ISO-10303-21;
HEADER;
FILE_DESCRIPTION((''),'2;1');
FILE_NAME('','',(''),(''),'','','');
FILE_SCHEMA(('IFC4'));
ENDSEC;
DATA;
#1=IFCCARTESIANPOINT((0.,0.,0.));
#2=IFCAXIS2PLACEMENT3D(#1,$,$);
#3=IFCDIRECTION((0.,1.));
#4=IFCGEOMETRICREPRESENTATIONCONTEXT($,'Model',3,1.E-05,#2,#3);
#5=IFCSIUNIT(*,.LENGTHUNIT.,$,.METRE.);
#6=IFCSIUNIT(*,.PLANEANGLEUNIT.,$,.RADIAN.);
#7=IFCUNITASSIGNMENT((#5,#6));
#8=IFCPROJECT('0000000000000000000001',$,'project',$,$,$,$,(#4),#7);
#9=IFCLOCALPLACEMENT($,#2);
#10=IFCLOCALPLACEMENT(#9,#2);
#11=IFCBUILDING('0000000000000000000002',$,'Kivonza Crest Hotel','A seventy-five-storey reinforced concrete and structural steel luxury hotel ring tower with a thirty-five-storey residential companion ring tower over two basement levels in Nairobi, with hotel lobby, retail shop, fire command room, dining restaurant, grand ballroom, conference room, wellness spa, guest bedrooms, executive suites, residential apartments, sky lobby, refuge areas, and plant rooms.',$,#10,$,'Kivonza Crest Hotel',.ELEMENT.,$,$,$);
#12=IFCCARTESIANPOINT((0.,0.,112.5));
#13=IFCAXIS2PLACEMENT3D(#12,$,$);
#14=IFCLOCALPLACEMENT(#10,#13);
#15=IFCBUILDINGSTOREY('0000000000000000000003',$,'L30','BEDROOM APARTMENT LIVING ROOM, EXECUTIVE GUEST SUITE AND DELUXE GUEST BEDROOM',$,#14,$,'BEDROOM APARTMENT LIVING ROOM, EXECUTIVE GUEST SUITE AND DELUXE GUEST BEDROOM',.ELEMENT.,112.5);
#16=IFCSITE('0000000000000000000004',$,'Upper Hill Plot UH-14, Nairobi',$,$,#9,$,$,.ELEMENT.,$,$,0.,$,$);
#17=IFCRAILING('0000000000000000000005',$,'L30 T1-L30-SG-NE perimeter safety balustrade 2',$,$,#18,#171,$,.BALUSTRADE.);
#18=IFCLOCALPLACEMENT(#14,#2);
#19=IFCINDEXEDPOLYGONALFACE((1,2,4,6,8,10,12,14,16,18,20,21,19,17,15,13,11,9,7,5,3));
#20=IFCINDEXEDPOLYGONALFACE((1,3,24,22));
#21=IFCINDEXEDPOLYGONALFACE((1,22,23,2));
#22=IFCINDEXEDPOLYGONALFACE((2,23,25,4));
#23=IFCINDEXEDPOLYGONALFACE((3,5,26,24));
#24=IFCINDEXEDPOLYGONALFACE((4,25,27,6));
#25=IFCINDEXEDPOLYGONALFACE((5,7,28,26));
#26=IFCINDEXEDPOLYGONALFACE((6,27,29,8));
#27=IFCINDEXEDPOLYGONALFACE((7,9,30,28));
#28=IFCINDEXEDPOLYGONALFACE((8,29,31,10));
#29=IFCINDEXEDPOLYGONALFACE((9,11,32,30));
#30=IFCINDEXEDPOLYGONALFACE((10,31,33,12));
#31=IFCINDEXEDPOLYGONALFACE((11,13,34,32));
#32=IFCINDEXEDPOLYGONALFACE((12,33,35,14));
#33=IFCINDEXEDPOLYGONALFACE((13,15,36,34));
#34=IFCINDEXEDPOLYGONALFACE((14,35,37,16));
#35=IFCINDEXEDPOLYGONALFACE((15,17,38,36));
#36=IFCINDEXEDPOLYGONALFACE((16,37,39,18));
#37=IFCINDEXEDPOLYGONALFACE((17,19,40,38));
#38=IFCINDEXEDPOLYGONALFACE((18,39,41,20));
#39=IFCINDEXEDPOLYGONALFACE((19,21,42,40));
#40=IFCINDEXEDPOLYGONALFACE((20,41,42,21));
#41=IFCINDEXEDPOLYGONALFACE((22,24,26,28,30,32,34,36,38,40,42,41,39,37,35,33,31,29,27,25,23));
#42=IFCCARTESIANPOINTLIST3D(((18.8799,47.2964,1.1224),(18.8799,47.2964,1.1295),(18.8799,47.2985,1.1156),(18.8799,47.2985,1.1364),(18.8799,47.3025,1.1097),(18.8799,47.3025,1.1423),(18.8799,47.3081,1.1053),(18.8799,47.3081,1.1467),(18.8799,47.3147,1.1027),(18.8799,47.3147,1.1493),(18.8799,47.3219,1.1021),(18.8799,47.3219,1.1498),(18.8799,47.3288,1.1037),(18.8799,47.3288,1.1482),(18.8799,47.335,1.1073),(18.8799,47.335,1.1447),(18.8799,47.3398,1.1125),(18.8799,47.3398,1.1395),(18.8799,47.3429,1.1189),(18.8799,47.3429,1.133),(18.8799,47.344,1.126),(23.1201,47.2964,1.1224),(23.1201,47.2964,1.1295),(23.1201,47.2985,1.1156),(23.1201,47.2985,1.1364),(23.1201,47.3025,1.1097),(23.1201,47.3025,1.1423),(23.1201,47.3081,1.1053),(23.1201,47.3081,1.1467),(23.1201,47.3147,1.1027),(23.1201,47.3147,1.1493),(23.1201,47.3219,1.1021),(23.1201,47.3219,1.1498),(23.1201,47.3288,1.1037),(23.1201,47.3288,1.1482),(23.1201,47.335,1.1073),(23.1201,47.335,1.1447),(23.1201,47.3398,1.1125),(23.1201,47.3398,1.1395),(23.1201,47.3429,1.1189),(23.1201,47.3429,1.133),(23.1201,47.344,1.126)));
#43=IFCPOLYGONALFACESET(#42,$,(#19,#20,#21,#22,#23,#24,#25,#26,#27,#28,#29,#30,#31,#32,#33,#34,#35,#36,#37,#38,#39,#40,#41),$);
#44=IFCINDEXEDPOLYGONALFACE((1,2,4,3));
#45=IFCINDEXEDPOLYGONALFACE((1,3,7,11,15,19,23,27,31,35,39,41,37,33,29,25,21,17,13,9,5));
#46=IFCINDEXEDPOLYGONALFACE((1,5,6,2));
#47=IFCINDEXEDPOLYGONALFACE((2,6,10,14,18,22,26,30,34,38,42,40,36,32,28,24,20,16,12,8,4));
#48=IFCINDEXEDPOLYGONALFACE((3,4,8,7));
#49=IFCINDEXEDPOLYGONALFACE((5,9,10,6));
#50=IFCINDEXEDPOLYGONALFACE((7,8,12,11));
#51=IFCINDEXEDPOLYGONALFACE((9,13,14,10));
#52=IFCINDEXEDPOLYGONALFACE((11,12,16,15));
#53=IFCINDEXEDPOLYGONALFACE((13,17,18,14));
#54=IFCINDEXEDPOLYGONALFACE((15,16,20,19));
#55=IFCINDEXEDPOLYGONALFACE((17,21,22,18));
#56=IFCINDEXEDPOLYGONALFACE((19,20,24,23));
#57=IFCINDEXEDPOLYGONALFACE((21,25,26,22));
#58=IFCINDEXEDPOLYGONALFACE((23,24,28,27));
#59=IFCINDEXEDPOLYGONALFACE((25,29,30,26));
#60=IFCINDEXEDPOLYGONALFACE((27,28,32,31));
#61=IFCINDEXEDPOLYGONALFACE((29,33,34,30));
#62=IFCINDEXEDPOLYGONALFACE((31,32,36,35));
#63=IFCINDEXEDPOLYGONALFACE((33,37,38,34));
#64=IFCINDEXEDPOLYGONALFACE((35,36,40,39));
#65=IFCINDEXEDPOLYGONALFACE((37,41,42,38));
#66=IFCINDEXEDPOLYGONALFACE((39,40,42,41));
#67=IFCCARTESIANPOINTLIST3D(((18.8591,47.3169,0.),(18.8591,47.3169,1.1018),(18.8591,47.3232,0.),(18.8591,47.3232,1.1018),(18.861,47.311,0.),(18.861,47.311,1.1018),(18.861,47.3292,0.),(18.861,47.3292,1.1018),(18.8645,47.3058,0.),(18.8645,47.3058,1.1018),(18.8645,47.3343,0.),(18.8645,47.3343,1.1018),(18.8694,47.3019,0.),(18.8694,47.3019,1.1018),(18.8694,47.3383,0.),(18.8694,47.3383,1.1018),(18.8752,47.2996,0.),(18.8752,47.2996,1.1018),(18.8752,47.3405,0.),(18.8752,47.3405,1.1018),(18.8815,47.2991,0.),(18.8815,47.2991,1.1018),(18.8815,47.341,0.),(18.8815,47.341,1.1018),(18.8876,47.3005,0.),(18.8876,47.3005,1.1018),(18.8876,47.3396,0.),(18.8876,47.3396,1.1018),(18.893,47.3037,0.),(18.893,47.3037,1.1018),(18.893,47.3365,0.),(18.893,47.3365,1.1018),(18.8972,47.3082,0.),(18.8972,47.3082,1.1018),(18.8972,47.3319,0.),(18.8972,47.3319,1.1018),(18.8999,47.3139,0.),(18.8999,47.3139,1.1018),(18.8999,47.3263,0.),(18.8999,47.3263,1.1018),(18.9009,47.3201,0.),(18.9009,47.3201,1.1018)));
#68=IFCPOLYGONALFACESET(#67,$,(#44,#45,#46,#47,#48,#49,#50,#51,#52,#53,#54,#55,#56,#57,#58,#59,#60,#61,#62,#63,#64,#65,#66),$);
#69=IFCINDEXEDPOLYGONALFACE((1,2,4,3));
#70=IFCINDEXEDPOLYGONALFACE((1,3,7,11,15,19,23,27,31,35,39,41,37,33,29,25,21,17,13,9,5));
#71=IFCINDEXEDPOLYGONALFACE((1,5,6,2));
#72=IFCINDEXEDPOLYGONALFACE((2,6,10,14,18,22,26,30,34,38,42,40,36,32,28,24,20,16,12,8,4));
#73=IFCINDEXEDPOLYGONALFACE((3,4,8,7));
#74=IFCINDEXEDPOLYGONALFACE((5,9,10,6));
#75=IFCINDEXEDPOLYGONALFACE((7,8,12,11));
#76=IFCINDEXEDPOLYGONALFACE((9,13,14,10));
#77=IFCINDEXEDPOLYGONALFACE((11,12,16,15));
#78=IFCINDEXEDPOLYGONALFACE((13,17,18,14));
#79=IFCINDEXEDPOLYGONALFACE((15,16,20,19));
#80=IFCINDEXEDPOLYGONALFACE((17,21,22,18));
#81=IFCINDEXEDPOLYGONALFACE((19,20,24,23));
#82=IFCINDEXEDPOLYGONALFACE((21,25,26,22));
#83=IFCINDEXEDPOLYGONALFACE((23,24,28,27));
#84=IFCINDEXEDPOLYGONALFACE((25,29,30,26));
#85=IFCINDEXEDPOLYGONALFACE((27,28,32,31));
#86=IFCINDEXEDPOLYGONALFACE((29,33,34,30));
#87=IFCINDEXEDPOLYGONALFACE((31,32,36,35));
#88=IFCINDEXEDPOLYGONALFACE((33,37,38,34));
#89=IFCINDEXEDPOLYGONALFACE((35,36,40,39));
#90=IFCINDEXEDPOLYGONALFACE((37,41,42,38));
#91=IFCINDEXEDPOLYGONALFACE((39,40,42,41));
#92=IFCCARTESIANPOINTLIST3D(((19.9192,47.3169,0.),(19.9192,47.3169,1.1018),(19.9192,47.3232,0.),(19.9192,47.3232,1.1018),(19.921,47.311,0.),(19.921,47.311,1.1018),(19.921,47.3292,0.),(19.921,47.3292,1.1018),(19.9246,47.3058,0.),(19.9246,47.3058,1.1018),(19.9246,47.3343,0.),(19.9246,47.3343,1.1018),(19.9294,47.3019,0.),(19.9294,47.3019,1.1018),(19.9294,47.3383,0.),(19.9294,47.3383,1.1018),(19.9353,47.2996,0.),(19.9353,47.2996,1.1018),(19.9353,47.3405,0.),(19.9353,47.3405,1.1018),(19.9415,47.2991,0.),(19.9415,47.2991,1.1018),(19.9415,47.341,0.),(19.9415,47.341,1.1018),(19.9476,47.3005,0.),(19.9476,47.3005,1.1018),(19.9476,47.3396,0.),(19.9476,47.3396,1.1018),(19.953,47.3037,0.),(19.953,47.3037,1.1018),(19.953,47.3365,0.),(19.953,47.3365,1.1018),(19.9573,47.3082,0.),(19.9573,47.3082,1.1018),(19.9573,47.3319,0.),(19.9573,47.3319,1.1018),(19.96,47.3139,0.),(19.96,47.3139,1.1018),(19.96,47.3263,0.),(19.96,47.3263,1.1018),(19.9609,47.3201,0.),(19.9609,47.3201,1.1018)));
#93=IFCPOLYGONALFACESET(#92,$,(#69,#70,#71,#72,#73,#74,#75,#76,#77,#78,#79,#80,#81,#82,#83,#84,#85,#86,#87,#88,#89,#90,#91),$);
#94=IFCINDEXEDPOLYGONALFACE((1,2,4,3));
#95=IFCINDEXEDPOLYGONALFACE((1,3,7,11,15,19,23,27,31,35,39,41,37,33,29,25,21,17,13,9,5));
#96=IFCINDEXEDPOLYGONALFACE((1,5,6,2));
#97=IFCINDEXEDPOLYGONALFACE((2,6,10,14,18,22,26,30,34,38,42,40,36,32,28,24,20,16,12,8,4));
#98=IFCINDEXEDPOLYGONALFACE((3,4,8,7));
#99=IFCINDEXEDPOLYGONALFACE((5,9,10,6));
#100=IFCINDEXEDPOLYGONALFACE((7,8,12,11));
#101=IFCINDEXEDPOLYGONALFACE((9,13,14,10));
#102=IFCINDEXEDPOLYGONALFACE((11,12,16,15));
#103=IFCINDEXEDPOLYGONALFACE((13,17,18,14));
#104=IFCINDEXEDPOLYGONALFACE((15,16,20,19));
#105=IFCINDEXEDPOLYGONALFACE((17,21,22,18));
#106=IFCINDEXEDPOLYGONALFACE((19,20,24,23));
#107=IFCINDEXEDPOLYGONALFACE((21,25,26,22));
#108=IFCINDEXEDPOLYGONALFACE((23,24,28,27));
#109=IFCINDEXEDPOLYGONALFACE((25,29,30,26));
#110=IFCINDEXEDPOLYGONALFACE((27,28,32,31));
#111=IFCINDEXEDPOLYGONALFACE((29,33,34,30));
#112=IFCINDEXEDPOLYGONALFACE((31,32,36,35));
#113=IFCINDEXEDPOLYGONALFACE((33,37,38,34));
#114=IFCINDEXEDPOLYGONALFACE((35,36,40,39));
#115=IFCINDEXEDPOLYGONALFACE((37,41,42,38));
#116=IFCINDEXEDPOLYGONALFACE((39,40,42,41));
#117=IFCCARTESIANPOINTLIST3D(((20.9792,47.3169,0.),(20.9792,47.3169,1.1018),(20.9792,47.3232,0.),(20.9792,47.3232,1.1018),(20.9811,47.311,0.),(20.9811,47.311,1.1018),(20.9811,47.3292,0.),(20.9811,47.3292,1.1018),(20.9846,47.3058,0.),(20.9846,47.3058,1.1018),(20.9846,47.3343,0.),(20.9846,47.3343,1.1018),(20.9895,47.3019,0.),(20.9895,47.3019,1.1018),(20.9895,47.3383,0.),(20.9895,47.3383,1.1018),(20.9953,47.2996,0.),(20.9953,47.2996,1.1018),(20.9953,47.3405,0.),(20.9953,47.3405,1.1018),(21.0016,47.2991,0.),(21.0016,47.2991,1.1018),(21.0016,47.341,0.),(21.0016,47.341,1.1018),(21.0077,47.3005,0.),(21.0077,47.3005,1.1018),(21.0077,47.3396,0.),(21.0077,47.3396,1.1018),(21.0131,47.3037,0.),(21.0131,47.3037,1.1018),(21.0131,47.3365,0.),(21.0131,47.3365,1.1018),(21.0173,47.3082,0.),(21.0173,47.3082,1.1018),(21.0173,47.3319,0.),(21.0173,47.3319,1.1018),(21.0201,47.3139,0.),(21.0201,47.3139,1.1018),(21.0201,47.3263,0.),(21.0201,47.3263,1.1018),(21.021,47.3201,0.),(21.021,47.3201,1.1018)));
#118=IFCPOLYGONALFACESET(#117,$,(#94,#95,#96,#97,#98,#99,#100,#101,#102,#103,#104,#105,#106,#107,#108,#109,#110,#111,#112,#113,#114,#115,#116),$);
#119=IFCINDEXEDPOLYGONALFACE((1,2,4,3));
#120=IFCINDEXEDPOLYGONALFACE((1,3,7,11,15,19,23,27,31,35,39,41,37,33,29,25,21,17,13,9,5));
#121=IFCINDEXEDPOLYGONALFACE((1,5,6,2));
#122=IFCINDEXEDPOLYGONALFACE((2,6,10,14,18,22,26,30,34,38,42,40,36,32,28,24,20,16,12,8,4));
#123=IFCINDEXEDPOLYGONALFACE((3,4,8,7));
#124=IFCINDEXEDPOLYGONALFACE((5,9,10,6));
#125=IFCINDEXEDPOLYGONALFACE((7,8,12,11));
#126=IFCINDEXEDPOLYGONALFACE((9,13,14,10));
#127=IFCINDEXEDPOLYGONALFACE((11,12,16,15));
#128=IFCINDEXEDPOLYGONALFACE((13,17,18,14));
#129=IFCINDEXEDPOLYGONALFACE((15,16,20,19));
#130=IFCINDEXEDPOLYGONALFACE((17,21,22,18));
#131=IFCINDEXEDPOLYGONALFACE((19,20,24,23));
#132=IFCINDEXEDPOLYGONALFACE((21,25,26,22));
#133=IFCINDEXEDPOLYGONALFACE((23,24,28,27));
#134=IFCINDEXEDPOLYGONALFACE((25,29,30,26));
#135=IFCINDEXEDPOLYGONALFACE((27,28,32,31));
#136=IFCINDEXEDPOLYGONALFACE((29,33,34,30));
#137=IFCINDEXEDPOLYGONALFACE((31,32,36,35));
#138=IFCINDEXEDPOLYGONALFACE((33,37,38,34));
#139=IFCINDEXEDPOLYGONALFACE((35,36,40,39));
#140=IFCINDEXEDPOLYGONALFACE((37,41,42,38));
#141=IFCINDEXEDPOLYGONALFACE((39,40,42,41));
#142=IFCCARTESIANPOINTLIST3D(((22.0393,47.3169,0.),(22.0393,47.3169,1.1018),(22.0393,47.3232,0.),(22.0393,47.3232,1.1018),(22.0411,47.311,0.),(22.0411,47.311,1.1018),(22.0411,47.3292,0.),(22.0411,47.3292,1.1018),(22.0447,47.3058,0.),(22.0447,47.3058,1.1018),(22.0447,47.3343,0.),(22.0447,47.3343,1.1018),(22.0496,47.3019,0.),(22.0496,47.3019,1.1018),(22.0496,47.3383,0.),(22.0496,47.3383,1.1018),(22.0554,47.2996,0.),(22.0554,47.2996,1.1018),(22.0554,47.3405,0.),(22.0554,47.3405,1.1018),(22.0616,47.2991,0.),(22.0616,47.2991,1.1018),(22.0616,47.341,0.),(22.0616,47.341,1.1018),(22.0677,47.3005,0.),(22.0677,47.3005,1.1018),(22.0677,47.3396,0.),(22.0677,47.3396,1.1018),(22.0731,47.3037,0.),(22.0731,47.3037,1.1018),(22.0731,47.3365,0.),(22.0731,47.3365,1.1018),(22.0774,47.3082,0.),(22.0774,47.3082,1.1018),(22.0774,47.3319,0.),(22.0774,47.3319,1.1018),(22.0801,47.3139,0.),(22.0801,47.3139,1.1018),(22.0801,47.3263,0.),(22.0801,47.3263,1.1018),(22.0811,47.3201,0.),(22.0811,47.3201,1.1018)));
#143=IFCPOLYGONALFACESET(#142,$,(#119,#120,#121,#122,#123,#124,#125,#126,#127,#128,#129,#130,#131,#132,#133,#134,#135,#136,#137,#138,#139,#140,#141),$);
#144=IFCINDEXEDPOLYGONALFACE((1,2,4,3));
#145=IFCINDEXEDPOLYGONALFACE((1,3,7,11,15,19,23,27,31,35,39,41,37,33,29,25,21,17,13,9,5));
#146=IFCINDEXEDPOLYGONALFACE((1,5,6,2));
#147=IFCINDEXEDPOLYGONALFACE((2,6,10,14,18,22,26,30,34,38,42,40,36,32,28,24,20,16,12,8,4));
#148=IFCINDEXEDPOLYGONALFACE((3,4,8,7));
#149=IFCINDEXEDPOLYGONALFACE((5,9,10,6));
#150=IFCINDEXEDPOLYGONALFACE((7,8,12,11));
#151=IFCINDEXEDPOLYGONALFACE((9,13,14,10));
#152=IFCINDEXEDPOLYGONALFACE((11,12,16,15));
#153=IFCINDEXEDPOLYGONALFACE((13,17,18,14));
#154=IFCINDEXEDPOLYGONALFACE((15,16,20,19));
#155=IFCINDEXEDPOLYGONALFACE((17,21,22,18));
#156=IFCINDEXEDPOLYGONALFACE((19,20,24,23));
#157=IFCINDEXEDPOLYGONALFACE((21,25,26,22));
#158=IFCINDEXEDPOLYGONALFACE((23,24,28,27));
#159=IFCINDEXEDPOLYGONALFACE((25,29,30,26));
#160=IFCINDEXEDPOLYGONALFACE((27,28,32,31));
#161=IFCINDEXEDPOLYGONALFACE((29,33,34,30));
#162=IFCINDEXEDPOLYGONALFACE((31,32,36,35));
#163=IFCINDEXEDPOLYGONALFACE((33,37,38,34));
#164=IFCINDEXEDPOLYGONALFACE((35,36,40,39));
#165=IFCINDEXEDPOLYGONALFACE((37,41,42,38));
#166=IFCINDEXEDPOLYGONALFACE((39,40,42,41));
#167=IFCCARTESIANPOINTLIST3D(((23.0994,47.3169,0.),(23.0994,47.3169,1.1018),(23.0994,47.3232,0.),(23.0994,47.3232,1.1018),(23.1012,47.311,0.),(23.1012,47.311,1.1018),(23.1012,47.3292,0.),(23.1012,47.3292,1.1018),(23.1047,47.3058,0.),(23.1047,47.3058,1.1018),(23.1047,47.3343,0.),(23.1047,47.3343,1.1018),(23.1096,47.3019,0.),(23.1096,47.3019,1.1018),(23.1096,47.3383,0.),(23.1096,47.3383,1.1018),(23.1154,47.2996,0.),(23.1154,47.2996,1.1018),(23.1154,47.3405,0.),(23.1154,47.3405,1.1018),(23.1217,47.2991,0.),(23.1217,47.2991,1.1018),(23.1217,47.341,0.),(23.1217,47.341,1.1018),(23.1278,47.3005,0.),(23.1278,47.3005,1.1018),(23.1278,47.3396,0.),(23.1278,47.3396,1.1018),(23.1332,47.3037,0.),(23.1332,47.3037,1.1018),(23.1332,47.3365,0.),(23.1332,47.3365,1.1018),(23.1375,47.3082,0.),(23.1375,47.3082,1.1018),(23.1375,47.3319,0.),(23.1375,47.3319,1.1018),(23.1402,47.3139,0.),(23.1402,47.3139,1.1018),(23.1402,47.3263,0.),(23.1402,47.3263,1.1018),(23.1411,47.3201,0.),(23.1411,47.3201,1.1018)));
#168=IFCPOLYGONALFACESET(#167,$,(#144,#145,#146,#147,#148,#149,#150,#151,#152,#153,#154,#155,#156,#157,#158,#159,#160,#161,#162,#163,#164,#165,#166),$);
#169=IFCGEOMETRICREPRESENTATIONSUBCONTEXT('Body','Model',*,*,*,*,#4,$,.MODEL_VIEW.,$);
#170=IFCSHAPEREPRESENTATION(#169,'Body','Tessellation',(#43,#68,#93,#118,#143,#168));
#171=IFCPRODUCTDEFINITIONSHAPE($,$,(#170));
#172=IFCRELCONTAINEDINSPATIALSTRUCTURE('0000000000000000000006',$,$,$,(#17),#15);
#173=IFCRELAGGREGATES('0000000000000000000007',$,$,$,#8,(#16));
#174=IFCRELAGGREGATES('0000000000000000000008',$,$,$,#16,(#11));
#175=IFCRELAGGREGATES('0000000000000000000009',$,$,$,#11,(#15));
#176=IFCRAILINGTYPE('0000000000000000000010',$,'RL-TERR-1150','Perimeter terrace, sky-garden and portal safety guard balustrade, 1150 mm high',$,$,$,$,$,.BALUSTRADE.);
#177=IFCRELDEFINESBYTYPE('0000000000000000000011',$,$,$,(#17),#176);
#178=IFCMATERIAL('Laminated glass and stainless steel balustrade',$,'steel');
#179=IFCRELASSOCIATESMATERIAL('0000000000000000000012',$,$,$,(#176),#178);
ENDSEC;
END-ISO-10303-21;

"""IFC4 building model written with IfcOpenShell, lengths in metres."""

from ifc_helpers import new_model, si_unit, direction, frame, origin, origin_2d, place, context, subcontext, project, spatial, circle, extrude, material, type_object, element, save


model = new_model("IFC4")

# Units and contexts
model_context = context("Model", 3, precision=1e-05, world=origin(), true_north=direction((0.0, 1.0)))
body_context = subcontext(model_context, "Body", "Model", "MODEL_VIEW")
ifc_project = project(units=[si_unit("LENGTHUNIT", "METRE"), si_unit("PLANEANGLEUNIT", "RADIAN")], contexts=[model_context])

# Site, building, storey
site_placement = place(None, origin())
site = spatial("IfcSite", under=ifc_project, at=site_placement, Name="Upper Hill Plot UH-14, Nairobi", CompositionType="ELEMENT", RefElevation=0.0)
building_placement = place(site_placement, origin())
building = spatial("IfcBuilding", under=site, at=building_placement, Name="Kivonza Crest Hotel", Description="A seventy-five-storey reinforced concrete and structural steel luxury hotel ring tower with a thirty-five-storey residential companion ring tower over two basement levels in Nairobi, with hotel lobby, retail shop, fire command room, dining restaurant, grand ballroom, conference room, wellness spa, guest bedrooms, executive suites, residential apartments, sky lobby, refuge areas, and plant rooms.", LongName="Kivonza Crest Hotel", CompositionType="ELEMENT")
storey_placement = place(building_placement, frame((0.0, 0.0, 112.5)))
storey = spatial("IfcBuildingStorey", under=building, at=storey_placement, Name="L30", Description="BEDROOM APARTMENT LIVING ROOM, EXECUTIVE GUEST SUITE AND DELUXE GUEST BEDROOM", LongName="BEDROOM APARTMENT LIVING ROOM, EXECUTIVE GUEST SUITE AND DELUXE GUEST BEDROOM", CompositionType="ELEMENT", Elevation=112.5)

# Railing
ifc_material_1 = material(Name="Laminated glass and stainless steel balustrade", Category="steel")
railing_type = type_object("IfcRailingType", Name="RL-TERR-1150", Description="Perimeter terrace, sky-garden and portal safety guard balustrade, 1150 mm high", PredefinedType="BALUSTRADE", material=ifc_material_1)
railing_1_placement = place(storey_placement, frame((18.8799, 47.3201, 0.0)))
element("IfcRailing", 1, at=railing_1_placement, inside=storey, type_object=railing_type, Name="L30 T1-L30-SG-NE perimeter safety balustrade 2", PredefinedType="BALUSTRADE", context=body_context, shape_type="SweptSolid", body=[
    extrude(circle(Radius=0.0239, at=origin_2d()), frame((0.0, 0.0, 1.126), z_axis=(1.0, 0.0, 0.0), x_axis=(0.0, 1.0, 0.0)), (0.0, 0.0, 1.0), 4.2402),
    extrude(circle(Radius=0.021, at=origin_2d()), origin(), (0.0, 0.0, 1.0), 1.1018),
    extrude(circle(Radius=0.021, at=origin_2d()), frame((1.0601, 0.0, 0.0)), (0.0, 0.0, 1.0), 1.1018),
    extrude(circle(Radius=0.021, at=origin_2d()), frame((2.1201, 0.0, 0.0)), (0.0, 0.0, 1.0), 1.1018),
    extrude(circle(Radius=0.021, at=origin_2d()), frame((3.1802, 0.0, 0.0)), (0.0, 0.0, 1.0), 1.1018),
    extrude(circle(Radius=0.021, at=origin_2d()), frame((4.2402, 0.0, 0.0)), (0.0, 0.0, 1.0), 1.1018),
])

save(model, "model.ifc")
